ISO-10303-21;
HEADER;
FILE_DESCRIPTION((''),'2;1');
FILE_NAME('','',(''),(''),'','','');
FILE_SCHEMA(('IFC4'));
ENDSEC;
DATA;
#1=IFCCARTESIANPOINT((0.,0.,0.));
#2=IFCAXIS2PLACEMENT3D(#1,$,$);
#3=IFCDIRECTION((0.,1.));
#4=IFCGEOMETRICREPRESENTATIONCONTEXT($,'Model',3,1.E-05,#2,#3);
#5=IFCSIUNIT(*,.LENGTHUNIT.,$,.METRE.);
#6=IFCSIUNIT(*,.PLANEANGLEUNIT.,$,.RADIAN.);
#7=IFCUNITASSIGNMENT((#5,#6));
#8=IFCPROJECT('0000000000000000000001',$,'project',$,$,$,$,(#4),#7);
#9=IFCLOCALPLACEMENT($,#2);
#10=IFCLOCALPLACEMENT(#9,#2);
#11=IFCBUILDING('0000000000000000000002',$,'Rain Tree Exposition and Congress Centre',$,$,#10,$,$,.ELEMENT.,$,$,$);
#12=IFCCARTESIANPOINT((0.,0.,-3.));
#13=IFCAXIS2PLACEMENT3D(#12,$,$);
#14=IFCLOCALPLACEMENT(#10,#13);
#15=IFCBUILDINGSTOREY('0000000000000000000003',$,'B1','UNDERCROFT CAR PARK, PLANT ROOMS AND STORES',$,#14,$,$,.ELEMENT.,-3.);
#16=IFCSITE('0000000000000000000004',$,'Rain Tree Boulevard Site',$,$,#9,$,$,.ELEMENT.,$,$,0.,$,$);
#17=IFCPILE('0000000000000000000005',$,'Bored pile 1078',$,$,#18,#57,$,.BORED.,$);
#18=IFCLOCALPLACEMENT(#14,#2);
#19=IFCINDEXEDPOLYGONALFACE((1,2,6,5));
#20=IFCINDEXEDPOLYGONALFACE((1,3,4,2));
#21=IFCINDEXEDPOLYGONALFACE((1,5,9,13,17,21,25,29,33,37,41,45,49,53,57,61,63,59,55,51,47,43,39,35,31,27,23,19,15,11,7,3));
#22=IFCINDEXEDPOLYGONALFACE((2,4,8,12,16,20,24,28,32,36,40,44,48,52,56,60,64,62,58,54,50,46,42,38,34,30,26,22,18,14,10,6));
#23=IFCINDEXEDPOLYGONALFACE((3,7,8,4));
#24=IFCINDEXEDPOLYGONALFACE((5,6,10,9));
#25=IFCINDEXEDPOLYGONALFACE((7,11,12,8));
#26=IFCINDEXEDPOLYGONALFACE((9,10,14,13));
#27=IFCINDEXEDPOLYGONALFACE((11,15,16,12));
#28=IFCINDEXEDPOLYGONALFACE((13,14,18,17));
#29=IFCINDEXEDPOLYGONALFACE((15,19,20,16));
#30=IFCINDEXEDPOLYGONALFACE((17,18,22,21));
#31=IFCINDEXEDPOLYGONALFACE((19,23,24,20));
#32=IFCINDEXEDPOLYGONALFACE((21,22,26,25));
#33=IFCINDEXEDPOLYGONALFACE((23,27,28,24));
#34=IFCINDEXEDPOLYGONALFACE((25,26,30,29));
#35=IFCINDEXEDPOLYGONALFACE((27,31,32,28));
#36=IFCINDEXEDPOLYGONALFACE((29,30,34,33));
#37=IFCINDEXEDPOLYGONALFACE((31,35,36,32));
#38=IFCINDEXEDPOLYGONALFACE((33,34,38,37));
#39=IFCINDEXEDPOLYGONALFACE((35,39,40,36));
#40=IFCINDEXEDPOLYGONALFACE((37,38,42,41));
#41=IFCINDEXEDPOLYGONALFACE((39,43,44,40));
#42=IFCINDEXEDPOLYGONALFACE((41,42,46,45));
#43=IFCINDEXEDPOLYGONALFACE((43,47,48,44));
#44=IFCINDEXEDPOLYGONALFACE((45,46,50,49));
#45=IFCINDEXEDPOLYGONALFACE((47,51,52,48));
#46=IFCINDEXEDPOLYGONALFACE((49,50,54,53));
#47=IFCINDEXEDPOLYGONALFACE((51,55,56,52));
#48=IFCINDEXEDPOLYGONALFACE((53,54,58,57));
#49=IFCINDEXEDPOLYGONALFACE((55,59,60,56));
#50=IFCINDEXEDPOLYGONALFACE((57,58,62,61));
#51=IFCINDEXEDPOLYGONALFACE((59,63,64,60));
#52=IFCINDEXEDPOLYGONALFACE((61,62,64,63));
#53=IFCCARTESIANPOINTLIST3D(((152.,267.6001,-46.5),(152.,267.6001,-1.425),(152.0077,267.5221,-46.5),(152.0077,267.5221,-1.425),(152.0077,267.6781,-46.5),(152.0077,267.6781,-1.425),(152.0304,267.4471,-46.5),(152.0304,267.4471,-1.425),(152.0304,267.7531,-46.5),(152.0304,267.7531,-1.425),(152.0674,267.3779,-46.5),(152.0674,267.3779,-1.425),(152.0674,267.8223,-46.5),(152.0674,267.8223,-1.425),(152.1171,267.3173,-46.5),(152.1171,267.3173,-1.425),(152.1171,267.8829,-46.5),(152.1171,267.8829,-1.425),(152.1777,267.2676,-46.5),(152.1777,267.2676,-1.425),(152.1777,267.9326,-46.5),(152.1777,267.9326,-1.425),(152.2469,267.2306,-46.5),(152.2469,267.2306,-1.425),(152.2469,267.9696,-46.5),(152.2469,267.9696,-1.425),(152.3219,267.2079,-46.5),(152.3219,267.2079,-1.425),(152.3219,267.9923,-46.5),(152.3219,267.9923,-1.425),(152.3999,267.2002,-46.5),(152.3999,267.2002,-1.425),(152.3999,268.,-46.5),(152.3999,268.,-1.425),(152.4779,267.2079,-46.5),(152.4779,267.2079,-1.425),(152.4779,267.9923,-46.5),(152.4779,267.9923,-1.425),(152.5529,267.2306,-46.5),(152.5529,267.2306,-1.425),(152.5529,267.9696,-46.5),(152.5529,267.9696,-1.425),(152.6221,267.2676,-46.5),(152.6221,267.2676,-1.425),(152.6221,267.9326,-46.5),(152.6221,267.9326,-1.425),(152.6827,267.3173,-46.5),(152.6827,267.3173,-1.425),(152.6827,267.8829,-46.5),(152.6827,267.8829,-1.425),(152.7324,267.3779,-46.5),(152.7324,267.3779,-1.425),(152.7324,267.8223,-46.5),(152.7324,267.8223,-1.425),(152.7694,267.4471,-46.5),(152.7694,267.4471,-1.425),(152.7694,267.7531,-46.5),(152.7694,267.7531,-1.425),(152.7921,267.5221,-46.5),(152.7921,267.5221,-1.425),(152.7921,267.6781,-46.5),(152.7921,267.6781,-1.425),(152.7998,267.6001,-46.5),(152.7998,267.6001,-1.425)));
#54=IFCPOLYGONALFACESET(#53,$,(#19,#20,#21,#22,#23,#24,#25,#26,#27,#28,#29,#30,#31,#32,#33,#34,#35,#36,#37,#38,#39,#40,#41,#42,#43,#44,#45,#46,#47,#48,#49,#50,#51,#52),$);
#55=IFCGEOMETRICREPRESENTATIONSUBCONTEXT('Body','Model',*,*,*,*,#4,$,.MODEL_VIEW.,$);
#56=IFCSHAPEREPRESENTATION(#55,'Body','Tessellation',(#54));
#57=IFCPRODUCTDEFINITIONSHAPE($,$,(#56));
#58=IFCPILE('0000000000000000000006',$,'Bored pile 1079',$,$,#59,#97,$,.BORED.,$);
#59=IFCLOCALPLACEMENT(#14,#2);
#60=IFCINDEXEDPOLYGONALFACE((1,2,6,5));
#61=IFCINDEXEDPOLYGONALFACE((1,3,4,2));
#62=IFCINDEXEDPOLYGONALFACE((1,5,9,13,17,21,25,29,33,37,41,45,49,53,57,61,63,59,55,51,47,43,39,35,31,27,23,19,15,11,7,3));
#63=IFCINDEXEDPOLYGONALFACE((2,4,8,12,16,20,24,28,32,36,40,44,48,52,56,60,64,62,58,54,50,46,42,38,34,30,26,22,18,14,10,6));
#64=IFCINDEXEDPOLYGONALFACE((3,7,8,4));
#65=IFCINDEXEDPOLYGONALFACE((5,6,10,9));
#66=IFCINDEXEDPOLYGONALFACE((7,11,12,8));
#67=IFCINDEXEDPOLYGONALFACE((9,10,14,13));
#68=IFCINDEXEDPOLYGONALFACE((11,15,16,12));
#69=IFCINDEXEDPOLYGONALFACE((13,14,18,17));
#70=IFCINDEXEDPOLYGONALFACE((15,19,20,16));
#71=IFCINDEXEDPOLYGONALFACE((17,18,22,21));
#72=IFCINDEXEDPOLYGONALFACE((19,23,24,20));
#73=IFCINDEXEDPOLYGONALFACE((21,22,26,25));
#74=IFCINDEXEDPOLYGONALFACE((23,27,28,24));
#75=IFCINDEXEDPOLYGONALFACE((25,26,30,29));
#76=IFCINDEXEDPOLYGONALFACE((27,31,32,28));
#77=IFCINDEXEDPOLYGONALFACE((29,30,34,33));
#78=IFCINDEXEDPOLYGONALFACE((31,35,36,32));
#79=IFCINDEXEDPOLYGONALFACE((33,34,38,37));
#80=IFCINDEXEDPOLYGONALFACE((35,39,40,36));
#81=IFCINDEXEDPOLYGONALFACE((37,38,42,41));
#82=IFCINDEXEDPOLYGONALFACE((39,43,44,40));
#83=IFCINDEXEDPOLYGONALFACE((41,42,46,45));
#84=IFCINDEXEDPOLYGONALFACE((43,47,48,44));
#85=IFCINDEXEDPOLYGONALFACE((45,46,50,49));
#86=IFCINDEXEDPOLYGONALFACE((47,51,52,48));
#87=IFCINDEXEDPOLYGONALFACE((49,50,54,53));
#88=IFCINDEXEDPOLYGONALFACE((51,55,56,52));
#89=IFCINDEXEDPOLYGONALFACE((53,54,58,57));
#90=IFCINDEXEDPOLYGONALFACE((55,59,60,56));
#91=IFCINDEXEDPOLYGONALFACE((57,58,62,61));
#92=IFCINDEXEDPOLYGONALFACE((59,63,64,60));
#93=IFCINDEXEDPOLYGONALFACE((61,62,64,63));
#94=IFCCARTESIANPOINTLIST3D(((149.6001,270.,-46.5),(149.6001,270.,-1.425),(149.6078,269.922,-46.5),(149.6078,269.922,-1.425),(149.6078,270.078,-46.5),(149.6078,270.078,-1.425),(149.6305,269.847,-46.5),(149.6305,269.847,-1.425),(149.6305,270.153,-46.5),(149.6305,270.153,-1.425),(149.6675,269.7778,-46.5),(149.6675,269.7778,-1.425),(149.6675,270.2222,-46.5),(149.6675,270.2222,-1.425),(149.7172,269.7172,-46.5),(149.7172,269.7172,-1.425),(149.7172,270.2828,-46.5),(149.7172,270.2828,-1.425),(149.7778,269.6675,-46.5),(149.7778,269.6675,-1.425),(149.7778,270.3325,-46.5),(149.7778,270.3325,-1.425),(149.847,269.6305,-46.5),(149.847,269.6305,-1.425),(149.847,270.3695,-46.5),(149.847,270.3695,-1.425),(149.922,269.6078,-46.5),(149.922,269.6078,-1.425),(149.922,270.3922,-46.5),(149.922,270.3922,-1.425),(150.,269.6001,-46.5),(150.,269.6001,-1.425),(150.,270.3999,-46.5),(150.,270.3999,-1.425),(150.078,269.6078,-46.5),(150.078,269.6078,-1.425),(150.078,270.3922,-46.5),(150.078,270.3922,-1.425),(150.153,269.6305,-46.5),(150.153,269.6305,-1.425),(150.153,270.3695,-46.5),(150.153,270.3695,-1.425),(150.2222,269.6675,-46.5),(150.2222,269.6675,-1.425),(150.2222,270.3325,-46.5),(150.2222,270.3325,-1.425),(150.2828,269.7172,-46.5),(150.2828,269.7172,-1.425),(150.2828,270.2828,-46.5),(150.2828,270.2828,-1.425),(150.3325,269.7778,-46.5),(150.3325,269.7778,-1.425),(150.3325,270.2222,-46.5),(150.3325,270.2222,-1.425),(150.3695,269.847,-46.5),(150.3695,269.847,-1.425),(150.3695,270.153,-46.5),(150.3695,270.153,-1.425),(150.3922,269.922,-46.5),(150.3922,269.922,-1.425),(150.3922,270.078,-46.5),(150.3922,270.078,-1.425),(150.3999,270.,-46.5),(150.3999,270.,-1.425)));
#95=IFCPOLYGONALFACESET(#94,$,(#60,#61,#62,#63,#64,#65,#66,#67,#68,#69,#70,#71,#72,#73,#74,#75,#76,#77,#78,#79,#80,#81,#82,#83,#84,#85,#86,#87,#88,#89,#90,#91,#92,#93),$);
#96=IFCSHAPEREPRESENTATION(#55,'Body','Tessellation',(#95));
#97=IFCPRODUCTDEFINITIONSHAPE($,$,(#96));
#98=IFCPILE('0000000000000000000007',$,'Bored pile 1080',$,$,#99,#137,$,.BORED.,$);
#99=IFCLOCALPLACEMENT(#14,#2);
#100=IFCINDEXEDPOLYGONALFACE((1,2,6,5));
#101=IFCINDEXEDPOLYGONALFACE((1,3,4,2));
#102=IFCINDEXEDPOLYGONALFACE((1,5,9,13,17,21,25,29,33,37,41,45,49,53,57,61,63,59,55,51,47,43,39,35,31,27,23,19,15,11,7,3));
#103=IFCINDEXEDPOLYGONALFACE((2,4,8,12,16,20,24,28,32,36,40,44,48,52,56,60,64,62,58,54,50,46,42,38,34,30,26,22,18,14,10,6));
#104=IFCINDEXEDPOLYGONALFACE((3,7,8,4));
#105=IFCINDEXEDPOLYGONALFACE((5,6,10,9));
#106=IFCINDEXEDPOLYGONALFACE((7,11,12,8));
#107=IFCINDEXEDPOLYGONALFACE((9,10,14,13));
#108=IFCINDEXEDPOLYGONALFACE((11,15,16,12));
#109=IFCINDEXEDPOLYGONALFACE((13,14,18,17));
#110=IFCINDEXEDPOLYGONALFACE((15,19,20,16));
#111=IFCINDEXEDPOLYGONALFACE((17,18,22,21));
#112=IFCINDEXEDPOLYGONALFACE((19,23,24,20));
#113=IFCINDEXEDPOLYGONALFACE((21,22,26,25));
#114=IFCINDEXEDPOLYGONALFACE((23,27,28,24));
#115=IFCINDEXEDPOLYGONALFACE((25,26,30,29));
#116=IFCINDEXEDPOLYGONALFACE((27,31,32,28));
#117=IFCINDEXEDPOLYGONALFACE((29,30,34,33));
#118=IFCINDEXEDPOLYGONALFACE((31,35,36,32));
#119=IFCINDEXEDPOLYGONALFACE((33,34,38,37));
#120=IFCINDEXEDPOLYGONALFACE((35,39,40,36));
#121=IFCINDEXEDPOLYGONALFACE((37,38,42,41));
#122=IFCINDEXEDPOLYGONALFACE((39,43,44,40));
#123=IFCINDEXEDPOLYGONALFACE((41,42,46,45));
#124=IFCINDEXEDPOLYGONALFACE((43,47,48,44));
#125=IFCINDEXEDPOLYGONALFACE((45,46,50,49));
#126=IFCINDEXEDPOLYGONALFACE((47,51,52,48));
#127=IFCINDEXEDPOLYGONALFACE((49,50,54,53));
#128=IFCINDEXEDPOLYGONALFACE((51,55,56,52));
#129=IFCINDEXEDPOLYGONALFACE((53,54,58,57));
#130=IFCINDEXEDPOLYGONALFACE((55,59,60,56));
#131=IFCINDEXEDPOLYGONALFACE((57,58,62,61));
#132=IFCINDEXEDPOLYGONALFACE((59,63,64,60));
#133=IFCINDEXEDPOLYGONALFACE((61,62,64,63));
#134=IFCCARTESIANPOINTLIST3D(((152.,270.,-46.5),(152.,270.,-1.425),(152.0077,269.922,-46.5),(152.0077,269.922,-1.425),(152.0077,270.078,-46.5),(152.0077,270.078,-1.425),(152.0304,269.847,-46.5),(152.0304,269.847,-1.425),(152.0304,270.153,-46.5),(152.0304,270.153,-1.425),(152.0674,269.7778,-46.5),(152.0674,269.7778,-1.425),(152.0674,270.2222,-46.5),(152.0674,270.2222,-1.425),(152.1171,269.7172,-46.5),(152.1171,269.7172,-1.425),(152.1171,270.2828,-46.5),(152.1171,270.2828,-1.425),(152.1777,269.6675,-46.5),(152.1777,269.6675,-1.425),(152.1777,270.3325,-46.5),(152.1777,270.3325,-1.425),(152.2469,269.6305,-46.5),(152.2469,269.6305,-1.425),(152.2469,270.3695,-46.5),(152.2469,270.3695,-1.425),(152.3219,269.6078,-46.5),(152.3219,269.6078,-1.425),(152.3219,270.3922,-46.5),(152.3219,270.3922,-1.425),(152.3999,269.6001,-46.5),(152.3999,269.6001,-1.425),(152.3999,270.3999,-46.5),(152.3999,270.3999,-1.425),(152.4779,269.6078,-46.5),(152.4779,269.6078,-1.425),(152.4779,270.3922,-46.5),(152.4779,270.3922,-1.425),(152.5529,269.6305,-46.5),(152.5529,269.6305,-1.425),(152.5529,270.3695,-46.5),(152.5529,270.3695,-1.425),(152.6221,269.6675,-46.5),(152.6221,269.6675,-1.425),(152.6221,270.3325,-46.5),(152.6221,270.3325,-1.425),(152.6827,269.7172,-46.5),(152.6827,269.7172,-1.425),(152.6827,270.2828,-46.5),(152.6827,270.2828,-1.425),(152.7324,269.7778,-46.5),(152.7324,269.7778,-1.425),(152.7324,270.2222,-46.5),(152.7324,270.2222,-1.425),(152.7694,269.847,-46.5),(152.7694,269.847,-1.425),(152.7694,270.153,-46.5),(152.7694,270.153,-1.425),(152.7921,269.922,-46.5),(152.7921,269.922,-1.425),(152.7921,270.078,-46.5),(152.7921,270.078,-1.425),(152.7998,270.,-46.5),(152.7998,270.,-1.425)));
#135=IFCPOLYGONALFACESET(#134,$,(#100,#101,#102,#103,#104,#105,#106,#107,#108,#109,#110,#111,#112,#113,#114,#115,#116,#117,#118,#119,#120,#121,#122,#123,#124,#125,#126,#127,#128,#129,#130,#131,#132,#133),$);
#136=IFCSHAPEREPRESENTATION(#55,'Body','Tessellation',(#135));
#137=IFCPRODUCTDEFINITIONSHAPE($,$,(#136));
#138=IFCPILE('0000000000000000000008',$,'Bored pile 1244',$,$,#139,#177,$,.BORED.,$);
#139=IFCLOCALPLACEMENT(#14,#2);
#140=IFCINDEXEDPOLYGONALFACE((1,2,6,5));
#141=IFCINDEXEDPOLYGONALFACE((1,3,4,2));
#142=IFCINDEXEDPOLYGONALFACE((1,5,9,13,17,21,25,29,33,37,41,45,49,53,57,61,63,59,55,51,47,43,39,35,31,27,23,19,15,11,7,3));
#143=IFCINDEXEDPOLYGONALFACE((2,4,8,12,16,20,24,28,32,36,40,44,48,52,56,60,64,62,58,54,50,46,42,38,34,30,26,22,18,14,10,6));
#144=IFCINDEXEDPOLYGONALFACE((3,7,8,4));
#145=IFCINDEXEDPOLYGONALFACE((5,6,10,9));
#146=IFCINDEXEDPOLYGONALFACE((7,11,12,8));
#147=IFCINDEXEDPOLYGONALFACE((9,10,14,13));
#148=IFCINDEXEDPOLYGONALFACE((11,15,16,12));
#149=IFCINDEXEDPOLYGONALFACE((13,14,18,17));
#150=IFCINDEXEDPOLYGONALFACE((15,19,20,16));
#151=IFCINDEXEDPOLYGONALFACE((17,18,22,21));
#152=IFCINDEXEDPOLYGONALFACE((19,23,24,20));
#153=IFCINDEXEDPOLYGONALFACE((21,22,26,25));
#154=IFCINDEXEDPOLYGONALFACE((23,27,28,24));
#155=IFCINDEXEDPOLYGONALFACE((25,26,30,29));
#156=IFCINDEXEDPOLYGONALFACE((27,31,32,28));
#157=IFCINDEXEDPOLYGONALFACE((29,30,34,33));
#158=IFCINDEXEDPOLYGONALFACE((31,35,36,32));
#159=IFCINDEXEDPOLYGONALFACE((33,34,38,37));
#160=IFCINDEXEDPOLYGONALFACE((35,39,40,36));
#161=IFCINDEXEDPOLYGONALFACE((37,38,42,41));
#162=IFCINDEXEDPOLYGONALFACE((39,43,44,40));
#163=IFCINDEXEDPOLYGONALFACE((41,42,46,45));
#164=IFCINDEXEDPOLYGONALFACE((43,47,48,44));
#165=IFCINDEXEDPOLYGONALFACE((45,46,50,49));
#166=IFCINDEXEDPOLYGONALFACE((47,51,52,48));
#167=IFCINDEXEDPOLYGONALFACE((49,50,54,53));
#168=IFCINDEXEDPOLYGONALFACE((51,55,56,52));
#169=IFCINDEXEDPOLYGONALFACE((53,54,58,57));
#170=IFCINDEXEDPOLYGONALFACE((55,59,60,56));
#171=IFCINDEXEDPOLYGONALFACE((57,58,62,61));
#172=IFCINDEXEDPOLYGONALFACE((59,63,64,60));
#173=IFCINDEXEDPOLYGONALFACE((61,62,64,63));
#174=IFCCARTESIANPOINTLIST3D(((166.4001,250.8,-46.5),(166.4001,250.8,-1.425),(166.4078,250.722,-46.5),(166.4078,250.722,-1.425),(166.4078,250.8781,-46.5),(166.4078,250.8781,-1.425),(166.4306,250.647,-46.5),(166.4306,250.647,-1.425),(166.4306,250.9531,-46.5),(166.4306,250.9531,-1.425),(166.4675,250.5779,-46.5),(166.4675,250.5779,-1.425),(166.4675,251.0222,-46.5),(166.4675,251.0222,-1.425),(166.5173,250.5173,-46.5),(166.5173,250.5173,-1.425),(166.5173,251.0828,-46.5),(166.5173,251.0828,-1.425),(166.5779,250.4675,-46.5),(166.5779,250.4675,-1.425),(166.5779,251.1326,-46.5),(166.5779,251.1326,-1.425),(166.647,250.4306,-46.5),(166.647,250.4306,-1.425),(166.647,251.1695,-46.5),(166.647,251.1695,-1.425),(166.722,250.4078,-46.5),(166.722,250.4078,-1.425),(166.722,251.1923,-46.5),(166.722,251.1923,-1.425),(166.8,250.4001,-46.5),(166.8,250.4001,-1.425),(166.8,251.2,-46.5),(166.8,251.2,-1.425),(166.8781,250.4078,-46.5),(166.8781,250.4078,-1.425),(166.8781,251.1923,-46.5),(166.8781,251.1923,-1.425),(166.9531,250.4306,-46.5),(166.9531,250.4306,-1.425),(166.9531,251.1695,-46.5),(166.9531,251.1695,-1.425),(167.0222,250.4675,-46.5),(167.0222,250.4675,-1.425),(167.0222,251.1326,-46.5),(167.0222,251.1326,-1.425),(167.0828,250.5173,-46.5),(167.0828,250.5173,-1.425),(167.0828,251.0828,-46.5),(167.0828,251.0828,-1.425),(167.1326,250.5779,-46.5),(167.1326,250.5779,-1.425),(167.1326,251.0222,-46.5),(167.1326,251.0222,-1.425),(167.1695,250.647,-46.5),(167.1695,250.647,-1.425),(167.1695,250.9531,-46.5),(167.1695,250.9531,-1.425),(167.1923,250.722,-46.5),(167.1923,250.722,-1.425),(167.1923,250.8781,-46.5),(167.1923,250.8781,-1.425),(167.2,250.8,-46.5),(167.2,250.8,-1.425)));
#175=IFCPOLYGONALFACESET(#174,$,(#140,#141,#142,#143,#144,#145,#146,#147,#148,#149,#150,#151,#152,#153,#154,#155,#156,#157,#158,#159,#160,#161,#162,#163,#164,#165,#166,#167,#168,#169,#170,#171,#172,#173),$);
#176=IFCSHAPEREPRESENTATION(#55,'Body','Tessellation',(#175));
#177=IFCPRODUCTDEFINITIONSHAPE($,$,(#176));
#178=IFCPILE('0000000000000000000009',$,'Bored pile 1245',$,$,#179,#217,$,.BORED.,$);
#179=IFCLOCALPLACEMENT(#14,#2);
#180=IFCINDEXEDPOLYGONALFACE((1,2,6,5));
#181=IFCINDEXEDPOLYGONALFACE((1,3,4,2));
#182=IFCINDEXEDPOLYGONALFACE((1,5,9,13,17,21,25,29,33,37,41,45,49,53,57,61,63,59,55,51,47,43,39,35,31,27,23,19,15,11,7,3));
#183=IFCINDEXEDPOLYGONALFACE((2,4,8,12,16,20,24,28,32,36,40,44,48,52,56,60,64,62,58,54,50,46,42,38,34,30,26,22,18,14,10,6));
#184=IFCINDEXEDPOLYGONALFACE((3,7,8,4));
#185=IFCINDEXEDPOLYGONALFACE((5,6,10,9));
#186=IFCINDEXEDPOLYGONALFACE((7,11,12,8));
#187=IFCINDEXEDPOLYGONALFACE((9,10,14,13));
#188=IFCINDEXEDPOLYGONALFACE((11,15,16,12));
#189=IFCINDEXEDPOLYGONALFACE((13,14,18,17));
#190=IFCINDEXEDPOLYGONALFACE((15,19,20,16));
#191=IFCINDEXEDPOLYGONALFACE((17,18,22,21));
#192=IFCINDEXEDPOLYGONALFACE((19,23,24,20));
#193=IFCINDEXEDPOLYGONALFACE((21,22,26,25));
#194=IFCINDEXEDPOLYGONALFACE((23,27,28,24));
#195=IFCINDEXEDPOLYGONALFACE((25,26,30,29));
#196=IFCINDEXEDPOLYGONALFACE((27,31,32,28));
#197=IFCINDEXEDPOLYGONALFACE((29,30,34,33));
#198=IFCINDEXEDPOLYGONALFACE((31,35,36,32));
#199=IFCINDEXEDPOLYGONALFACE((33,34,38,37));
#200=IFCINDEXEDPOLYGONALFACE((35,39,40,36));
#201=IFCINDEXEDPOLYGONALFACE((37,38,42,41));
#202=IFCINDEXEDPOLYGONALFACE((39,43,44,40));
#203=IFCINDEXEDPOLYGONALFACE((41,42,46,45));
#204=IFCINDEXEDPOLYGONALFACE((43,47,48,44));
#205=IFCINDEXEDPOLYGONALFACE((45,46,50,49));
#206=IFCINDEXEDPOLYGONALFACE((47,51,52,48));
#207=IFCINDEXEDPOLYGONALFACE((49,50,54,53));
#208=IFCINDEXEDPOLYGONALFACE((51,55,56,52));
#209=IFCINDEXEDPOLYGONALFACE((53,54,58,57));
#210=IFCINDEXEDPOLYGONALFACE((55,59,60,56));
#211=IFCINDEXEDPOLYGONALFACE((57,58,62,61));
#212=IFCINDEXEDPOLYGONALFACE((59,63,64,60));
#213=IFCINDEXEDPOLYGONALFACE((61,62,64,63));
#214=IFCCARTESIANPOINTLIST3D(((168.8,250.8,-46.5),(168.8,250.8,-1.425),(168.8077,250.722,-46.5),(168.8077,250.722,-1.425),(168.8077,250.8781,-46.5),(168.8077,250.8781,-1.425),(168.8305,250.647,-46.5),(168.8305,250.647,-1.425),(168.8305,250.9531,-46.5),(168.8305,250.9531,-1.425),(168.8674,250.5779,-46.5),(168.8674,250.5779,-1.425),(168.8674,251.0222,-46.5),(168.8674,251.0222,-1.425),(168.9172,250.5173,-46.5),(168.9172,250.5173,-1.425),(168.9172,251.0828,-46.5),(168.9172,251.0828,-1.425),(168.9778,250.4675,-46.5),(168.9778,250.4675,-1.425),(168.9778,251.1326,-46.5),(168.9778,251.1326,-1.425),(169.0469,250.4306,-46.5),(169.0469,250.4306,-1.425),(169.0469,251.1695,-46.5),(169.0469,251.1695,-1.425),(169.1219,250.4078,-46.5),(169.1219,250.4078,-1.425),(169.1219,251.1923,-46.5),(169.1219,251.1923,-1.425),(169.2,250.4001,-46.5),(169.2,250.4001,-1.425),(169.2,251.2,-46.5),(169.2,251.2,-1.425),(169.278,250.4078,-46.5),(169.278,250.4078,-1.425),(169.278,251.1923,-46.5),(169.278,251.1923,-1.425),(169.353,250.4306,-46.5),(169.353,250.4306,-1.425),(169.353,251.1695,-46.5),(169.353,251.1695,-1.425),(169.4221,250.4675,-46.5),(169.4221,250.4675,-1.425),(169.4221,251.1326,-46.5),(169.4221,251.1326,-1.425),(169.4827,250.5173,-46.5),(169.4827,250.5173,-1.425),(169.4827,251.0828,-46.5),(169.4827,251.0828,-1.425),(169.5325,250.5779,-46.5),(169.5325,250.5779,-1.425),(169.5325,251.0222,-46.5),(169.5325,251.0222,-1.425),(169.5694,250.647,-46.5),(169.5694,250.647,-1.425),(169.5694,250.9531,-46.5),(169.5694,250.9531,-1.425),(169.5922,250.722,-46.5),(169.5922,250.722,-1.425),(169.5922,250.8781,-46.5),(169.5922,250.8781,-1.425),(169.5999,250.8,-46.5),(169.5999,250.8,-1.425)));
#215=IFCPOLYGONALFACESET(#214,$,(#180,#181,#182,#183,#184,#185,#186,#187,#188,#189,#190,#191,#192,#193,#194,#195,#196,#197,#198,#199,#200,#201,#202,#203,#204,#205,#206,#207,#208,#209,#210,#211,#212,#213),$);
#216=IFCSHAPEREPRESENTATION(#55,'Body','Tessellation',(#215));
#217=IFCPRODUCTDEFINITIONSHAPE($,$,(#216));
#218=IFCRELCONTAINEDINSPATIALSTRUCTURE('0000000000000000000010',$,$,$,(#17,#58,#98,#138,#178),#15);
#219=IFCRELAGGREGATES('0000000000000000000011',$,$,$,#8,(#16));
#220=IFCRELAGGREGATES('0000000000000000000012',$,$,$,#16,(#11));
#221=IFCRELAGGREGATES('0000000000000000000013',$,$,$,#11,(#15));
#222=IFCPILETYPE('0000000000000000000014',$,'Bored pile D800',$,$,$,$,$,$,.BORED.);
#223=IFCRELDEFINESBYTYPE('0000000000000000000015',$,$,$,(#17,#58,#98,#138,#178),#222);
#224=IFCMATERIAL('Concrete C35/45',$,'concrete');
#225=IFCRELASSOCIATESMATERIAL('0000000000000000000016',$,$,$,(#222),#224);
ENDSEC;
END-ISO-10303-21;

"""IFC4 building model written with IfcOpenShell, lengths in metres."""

from ifc_helpers import new_model, si_unit, direction, frame, origin, origin_2d, place, context, subcontext, project, spatial, circle, extrude, material, material_profile, profile_set, type_object, element, save


model = new_model("IFC4")

# Units and contexts
model_context = context("Model", 3, precision=1e-05, world=origin(), true_north=direction((0.0, 1.0)))
body_context = subcontext(model_context, "Body", "Model", "MODEL_VIEW")
ifc_project = project(units=[si_unit("LENGTHUNIT", "METRE"), si_unit("PLANEANGLEUNIT", "RADIAN")], contexts=[model_context])

# Site, building, storey
site_placement = place(None, origin())
site = spatial("IfcSite", under=ifc_project, at=site_placement, Name="Rain Tree Boulevard Site", CompositionType="ELEMENT", RefElevation=0.0)
building_placement = place(site_placement, origin())
building = spatial("IfcBuilding", under=site, at=building_placement, Name="Rain Tree Exposition and Congress Centre", CompositionType="ELEMENT")
storey_placement = place(building_placement, frame((0.0, 0.0, -3.0)))
storey = spatial("IfcBuildingStorey", under=building, at=storey_placement, Name="B1", Description="UNDERCROFT CAR PARK, PLANT ROOMS AND STORES", CompositionType="ELEMENT", Elevation=-3.0)

# Piles
ifc_material_1 = material(Name="Concrete C35/45", Category="concrete")
ifc_material_profile_1 = material_profile(ifc_material_1, circle(Radius=0.3999, at=origin_2d()), Name="D800")
ifc_profile_set_1 = profile_set([ifc_material_profile_1], Name="Concrete C35/45")
pile_type = type_object("IfcPileType", Name="Bored pile D800", PredefinedType="BORED", material=ifc_profile_set_1)
for number, where, z_axis, x_axis, name in (
    (1, (152.3999, 267.6001, -1.425), (0.0, 0.0, -1.0), (1.0, 0.0, 0.0), "Bored pile 1078"),
    (2, (150.0, 270.0, -1.425), (0.0, 0.0, -1.0), (1.0, 0.0, 0.0), "Bored pile 1079"),
    (3, (152.3999, 270.0, -1.425), (0.0, 0.0, -1.0), (1.0, 0.0, 0.0), "Bored pile 1080"),
    (4, (166.8, 250.8, -1.425), (0.0, 0.0, -1.0), (1.0, 0.0, 0.0), "Bored pile 1244"),
    (5, (169.2, 250.8, -1.425), (0.0, 0.0, -1.0), (1.0, 0.0, 0.0), "Bored pile 1245"),
):
    element("IfcPile", number, at=place(storey_placement, frame(where, z_axis=z_axis, x_axis=x_axis)), inside=storey, type_object=pile_type, Name=name, PredefinedType="BORED", context=body_context, shape_type="SweptSolid", body=[
        extrude(circle(Radius=0.3999, at=origin_2d()), origin(), (0.0, 0.0, 1.0), 45.075),
    ])

save(model, "model.ifc")
